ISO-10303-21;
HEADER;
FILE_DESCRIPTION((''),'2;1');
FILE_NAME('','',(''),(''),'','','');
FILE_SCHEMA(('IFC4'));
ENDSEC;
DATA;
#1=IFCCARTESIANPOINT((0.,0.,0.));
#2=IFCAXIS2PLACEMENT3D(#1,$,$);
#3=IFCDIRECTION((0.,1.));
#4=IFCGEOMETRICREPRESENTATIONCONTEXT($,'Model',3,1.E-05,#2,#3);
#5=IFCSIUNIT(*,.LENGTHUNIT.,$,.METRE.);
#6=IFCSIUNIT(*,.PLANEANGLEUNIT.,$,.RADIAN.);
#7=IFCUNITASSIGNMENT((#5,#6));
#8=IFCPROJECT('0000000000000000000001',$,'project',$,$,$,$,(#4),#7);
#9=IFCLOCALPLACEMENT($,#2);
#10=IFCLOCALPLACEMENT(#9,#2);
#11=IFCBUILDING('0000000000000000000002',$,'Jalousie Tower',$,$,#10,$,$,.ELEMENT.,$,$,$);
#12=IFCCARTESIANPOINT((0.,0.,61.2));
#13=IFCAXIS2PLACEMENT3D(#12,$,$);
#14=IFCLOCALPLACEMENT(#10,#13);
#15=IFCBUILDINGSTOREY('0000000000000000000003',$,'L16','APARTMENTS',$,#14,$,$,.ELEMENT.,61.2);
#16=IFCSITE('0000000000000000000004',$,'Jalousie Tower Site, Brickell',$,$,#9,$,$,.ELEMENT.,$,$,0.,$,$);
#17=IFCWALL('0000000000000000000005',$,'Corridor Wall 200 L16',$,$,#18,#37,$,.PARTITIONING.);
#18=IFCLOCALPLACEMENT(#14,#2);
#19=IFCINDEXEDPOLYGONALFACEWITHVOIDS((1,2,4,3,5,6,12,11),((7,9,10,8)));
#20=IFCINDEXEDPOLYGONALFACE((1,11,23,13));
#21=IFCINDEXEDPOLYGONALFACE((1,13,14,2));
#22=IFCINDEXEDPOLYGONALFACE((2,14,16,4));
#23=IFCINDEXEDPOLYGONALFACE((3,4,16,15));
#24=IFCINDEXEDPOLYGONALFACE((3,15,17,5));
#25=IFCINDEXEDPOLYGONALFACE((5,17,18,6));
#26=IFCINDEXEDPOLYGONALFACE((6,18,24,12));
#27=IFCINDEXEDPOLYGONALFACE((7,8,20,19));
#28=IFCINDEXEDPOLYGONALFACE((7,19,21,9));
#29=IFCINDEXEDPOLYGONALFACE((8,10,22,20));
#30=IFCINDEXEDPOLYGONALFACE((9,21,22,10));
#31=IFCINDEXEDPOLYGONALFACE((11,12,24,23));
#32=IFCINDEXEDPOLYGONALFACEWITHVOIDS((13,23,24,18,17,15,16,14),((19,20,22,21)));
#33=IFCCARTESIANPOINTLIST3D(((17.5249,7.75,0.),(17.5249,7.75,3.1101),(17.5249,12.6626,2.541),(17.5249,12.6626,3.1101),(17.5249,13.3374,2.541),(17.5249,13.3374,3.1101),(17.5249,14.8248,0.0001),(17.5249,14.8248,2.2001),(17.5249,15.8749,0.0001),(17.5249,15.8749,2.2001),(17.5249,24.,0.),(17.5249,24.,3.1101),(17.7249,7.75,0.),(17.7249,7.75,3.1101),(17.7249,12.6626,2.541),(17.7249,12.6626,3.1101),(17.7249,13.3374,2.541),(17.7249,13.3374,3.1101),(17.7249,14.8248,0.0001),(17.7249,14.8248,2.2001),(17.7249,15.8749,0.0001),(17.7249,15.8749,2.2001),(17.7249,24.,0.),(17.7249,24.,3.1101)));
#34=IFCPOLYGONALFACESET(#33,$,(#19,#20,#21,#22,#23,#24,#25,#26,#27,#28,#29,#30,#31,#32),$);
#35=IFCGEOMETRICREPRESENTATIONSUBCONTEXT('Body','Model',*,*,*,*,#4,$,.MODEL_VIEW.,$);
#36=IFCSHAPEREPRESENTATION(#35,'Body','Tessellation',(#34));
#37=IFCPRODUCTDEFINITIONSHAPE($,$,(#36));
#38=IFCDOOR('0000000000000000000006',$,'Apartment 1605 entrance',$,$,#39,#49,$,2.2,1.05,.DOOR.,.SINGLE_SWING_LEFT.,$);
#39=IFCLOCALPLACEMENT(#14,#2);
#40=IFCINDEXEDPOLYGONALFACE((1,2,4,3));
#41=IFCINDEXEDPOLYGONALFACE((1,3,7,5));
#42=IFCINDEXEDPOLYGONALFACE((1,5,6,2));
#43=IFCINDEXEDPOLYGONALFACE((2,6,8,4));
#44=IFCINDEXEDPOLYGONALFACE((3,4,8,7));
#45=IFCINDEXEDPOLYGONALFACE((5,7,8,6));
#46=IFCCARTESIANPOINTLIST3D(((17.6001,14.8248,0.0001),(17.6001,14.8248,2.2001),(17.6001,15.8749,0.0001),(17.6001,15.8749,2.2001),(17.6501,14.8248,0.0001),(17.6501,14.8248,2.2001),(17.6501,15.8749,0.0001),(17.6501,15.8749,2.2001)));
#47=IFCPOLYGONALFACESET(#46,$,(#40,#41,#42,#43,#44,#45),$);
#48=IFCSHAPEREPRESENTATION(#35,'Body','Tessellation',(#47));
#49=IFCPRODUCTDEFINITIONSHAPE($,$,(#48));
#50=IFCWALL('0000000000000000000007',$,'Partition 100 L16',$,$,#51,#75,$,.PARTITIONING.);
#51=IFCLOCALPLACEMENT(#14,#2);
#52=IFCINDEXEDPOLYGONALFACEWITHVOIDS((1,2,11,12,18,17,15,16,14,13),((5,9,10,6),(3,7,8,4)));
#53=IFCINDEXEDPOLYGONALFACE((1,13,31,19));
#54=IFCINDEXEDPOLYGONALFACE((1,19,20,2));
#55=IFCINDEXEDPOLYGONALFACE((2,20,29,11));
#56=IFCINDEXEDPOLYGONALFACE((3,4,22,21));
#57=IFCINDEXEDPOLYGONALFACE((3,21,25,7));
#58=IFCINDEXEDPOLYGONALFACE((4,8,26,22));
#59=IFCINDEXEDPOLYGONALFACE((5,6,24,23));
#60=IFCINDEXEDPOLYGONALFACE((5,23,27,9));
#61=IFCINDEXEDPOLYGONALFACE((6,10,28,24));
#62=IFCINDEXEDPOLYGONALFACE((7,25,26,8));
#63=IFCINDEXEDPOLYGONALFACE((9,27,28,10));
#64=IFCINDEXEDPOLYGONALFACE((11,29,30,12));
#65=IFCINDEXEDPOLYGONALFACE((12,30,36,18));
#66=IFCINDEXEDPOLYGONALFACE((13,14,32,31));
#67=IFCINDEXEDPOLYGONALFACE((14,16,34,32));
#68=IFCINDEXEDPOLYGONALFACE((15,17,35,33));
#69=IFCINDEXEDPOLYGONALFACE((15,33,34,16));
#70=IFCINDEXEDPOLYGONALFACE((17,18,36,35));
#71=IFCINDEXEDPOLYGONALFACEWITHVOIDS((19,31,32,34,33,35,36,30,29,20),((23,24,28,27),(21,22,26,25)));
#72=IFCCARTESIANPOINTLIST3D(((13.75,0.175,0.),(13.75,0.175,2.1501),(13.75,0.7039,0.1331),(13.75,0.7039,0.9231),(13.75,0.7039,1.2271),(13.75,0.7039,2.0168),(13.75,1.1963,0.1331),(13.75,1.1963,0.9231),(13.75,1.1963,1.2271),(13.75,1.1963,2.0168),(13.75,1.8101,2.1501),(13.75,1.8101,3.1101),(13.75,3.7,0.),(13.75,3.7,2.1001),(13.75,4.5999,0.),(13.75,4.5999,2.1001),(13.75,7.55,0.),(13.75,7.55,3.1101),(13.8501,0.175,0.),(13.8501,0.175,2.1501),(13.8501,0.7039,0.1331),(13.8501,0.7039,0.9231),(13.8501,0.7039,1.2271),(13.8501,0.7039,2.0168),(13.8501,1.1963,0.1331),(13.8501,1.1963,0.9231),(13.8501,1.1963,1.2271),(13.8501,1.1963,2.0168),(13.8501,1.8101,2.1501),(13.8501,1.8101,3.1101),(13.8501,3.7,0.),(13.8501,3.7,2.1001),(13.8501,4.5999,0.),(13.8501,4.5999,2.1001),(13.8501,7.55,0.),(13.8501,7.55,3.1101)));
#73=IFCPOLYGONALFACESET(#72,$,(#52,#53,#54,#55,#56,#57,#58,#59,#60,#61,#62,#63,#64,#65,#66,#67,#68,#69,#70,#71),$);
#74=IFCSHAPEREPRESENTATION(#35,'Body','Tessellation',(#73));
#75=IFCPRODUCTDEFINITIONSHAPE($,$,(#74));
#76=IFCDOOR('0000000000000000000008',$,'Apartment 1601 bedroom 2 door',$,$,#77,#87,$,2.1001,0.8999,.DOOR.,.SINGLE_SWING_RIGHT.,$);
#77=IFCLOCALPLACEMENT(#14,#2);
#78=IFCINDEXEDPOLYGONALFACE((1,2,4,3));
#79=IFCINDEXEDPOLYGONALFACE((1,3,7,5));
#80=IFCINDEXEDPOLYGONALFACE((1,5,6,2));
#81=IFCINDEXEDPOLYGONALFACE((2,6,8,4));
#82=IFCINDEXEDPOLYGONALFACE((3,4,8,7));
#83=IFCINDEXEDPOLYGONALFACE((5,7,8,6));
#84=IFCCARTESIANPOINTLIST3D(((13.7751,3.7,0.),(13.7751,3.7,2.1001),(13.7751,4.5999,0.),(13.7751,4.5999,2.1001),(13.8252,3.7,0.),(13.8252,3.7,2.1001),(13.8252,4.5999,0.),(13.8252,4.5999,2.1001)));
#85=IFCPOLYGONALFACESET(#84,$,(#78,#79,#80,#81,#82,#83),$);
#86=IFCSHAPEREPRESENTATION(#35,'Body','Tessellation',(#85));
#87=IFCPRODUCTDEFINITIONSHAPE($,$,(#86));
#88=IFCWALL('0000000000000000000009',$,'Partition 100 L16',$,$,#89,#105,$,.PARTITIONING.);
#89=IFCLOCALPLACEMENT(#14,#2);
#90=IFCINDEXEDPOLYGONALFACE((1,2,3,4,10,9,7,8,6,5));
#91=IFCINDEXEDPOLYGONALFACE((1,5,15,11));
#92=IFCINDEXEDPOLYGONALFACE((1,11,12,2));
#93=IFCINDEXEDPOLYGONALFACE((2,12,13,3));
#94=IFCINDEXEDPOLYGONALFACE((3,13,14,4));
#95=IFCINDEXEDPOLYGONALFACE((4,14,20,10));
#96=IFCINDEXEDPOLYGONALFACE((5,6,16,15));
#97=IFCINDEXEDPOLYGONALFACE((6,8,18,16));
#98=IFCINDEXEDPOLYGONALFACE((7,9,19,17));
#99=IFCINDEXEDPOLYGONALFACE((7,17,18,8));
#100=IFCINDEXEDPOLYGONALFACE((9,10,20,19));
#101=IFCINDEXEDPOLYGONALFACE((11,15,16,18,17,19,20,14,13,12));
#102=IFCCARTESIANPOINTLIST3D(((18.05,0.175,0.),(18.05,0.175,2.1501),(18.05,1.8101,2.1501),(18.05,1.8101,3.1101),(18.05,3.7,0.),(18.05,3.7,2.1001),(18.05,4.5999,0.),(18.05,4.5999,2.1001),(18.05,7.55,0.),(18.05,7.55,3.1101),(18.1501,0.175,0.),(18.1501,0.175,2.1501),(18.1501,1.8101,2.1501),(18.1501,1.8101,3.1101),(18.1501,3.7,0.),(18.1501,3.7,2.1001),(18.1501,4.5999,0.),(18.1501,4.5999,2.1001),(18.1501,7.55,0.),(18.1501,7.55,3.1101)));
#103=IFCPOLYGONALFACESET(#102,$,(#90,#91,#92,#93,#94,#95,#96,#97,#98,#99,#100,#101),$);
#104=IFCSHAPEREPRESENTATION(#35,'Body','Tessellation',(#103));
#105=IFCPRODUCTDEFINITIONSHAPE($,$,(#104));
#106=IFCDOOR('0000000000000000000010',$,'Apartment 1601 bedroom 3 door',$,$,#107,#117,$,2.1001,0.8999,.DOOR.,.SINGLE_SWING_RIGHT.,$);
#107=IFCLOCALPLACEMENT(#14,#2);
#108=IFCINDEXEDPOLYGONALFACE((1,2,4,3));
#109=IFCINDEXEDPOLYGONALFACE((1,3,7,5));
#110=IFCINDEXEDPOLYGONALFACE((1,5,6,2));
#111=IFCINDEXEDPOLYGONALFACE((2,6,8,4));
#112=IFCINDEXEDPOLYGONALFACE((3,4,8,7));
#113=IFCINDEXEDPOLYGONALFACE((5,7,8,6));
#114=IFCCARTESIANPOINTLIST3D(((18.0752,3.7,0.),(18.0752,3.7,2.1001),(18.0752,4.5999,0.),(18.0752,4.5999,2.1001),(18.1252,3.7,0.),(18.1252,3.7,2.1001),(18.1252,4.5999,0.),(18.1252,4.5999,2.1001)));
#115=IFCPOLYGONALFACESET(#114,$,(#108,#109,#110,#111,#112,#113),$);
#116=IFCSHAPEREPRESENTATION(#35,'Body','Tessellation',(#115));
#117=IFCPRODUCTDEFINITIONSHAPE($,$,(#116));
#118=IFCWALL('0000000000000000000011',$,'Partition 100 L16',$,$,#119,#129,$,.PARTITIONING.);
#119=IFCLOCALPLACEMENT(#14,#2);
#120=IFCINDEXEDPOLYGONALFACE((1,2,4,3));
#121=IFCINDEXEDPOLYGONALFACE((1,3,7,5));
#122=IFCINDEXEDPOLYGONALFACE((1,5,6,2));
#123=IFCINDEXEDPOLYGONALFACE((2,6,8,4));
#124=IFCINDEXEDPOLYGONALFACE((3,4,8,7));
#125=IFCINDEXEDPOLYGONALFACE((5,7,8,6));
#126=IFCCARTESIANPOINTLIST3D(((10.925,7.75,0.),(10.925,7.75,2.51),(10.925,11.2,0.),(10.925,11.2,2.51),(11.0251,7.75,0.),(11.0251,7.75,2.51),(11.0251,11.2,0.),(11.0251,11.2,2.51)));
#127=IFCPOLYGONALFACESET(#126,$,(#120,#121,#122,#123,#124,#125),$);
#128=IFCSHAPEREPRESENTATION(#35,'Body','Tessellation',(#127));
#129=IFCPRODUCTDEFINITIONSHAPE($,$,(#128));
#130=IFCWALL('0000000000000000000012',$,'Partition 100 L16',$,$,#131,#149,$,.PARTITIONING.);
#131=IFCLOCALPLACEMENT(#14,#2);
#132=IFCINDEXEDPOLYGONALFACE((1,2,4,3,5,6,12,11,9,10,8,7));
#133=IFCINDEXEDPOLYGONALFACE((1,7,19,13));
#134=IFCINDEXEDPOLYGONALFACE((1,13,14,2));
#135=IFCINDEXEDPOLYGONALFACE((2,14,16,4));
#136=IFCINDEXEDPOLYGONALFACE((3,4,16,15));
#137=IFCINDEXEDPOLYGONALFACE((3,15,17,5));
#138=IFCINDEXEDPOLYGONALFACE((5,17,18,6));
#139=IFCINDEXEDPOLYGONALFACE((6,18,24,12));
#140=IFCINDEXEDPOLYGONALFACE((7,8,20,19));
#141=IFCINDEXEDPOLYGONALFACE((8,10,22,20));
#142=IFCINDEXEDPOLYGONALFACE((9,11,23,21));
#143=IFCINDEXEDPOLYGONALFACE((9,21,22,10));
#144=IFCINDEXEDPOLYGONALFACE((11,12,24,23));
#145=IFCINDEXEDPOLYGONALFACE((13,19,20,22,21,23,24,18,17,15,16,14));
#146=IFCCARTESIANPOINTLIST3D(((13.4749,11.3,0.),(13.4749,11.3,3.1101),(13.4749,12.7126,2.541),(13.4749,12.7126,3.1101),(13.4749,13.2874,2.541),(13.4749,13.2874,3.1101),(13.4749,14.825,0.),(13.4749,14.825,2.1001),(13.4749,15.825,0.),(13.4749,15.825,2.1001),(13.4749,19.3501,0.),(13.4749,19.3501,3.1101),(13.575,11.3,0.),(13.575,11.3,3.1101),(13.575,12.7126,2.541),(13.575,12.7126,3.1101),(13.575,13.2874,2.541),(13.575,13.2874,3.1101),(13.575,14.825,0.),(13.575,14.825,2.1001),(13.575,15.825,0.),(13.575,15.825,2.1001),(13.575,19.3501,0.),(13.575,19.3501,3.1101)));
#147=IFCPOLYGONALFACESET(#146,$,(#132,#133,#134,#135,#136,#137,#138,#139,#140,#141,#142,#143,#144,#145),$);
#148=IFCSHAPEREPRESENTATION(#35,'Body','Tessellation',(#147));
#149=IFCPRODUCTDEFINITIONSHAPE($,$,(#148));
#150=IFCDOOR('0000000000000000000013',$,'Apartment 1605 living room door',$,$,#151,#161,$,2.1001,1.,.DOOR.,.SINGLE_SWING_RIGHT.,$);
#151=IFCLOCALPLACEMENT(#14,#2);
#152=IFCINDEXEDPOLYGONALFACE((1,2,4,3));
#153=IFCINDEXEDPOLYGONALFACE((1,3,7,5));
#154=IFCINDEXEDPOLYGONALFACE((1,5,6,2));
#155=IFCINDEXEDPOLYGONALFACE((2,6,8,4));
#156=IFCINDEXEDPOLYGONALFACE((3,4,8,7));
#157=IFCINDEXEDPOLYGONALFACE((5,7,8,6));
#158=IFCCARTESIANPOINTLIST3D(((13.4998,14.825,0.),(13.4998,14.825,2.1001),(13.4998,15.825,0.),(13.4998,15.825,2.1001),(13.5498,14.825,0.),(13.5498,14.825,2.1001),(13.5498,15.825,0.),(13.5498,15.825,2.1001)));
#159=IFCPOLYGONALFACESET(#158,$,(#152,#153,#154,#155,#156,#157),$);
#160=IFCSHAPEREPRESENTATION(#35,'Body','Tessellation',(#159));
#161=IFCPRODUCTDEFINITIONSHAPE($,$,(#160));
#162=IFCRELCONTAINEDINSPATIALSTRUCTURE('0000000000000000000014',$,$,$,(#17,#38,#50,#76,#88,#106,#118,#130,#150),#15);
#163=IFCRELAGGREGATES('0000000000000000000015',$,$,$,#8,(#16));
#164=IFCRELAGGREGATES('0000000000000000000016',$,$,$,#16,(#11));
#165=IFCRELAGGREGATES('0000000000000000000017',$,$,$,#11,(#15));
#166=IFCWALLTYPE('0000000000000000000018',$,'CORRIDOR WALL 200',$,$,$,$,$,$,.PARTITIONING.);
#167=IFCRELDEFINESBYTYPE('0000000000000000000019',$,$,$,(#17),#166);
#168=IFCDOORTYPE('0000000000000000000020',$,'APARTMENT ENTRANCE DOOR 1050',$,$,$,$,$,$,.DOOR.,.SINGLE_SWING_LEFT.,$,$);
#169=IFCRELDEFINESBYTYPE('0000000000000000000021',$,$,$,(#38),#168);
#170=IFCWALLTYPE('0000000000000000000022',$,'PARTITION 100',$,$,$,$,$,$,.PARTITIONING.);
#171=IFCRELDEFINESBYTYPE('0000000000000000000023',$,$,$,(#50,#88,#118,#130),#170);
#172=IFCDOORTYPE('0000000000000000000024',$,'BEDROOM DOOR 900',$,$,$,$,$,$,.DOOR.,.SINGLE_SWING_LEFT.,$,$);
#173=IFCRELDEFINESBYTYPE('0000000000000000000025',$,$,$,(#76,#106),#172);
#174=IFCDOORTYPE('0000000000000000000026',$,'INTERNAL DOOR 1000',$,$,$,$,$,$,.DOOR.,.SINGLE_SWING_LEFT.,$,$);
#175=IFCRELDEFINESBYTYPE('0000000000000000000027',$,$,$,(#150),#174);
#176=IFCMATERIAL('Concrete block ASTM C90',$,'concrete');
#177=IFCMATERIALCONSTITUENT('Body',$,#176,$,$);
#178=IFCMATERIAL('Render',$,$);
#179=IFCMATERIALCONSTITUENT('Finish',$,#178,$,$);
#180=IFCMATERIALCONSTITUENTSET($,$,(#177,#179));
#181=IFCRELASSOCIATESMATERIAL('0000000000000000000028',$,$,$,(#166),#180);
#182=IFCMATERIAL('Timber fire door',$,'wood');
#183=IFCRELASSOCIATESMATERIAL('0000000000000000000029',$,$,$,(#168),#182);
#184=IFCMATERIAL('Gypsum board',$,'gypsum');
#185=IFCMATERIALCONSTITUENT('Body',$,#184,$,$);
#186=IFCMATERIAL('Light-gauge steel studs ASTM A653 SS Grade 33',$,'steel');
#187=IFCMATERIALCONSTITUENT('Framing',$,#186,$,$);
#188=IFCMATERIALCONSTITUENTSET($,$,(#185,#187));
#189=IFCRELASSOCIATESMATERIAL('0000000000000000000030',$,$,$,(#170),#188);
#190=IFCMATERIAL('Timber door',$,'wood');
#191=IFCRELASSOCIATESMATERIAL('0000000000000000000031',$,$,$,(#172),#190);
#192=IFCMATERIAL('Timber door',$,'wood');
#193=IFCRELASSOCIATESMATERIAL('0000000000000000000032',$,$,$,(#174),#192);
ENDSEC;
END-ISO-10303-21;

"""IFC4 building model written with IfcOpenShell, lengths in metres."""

from ifc_helpers import new_model, si_unit, direction, frame, frame_2d, origin, place, context, subcontext, project, spatial, polyline, rectangle, outline, extrude, material, constituent, constituent_set, type_object, element, fill, save


model = new_model("IFC4")

# Units and contexts
model_context = context("Model", 3, precision=1e-05, world=origin(), true_north=direction((0.0, 1.0)))
body_context = subcontext(model_context, "Body", "Model", "MODEL_VIEW")
ifc_project = project(units=[si_unit("LENGTHUNIT", "METRE"), si_unit("PLANEANGLEUNIT", "RADIAN")], contexts=[model_context])

# Site, building, storey
site_placement = place(None, origin())
site = spatial("IfcSite", under=ifc_project, at=site_placement, Name="Jalousie Tower Site, Brickell", CompositionType="ELEMENT", RefElevation=0.0)
building_placement = place(site_placement, origin())
building = spatial("IfcBuilding", under=site, at=building_placement, Name="Jalousie Tower", CompositionType="ELEMENT")
storey_placement = place(building_placement, frame((0.0, 0.0, 61.2)))
storey = spatial("IfcBuildingStorey", under=building, at=storey_placement, Name="L16", Description="APARTMENTS", CompositionType="ELEMENT", Elevation=61.2)

# Shared definitions
ifc_material_1 = material(Name="Concrete block ASTM C90", Category="concrete")
ifc_constituent_1 = constituent(ifc_material_1, Name="Body")
ifc_material_2 = material(Name="Render")
ifc_constituent_2 = constituent(ifc_material_2, Name="Finish")
ifc_constituent_set_1 = constituent_set(constituents=[ifc_constituent_1, ifc_constituent_2])
wall_type_1 = type_object("IfcWallType", Name="CORRIDOR WALL 200", PredefinedType="PARTITIONING", material=ifc_constituent_set_1)

# Walls, openings, doors
wall_1_placement = place(storey_placement, frame((17.625, 7.75, 0.0), z_axis=(0.0, 0.0, 1.0), x_axis=(0.0, 1.0, 0.0)))
wall_1 = element("IfcWall", 1, at=wall_1_placement, inside=storey, type_object=wall_type_1, Name="Corridor Wall 200 L16", PredefinedType="PARTITIONING", context=body_context, shape_type="SweptSolid", body=[
    extrude(outline(polyline([(0.0, 0.0), (16.25, 0.0), (16.25, 3.1101), (5.5874, 3.1101), (5.5874, 2.541), (4.9126, 2.541), (4.9126, 3.1101), (0.0, 3.1101), (0.0, 0.0)])), frame((0.0, 0.1001, 0.0), z_axis=(0.0, -1.0, 0.0), x_axis=(1.0, 0.0, 0.0)), (0.0, 0.0, 1.0), 0.2),
])
opening_1_placement = place(wall_1_placement, frame((7.075, 0.0, 0.0)))
opening_1 = element("IfcOpeningElement", 2, at=opening_1_placement, cuts=wall_1, PredefinedType="OPENING", context=body_context, shape_type="SweptSolid", body=[
    extrude(rectangle(XDim=1.05, YDim=2.2, at=frame_2d((0.5249, 1.1001))), frame((0.0, 0.1099, 0.0), z_axis=(0.0, -1.0, 0.0), x_axis=(1.0, 0.0, 0.0)), (0.0, 0.0, 1.0), 0.22),
])
ifc_material_3 = material(Name="Timber fire door", Category="wood")
door_type_1 = type_object("IfcDoorType", Name="APARTMENT ENTRANCE DOOR 1050", OperationType="SINGLE_SWING_LEFT", PredefinedType="DOOR", material=ifc_material_3)
door_1_placement = place(opening_1_placement, origin())
door_1 = element("IfcDoor", 3, at=door_1_placement, inside=storey, type_object=door_type_1, Name="Apartment 1605 entrance", OperationType="SINGLE_SWING_LEFT", OverallHeight=2.2, OverallWidth=1.05, PredefinedType="DOOR", context=body_context, shape_type="SweptSolid", body=[
    extrude(rectangle(XDim=1.05, YDim=2.2, at=frame_2d((0.5249, 1.1001))), frame((0.0, 0.0249, 0.0), z_axis=(0.0, -1.0, 0.0), x_axis=(1.0, 0.0, 0.0)), (0.0, 0.0, 1.0), 0.05),
])
fill(opening_1, door_1)
ifc_material_4 = material(Name="Gypsum board", Category="gypsum")
ifc_constituent_3 = constituent(ifc_material_4, Name="Body")
ifc_material_5 = material(Name="Light-gauge steel studs ASTM A653 SS Grade 33", Category="steel")
ifc_constituent_4 = constituent(ifc_material_5, Name="Framing")
ifc_constituent_set_2 = constituent_set(constituents=[ifc_constituent_3, ifc_constituent_4])
wall_type_2 = type_object("IfcWallType", Name="PARTITION 100", PredefinedType="PARTITIONING", material=ifc_constituent_set_2)
wall_2_placement = place(storey_placement, frame((13.8, 0.175, 0.0), z_axis=(0.0, 0.0, 1.0), x_axis=(0.0, 1.0, 0.0)))
wall_2 = element("IfcWall", 4, at=wall_2_placement, inside=storey, type_object=wall_type_2, Name="Partition 100 L16", PredefinedType="PARTITIONING", context=body_context, shape_type="SweptSolid", body=[
    extrude(outline(polyline([(1.635, 2.1501), (0.0, 2.1501), (0.0, 0.0), (7.375, 0.0), (7.375, 3.1101), (1.635, 3.1101), (1.635, 2.1501)]), holes=[polyline([(1.0212, 0.1331), (0.5288, 0.1331), (0.5288, 0.9231), (1.0212, 0.9231), (1.0212, 0.1331)]), polyline([(1.0212, 1.2271), (0.5288, 1.2271), (0.5288, 2.0168), (1.0212, 2.0168), (1.0212, 1.2271)])]), frame((0.0, 0.05, 0.0), z_axis=(0.0, -1.0, 0.0), x_axis=(1.0, 0.0, 0.0)), (0.0, 0.0, 1.0), 0.1001),
])
opening_2_placement = place(wall_2_placement, frame((3.5249, 0.0, 0.0)))
opening_2 = element("IfcOpeningElement", 5, at=opening_2_placement, cuts=wall_2, PredefinedType="OPENING", context=body_context, shape_type="SweptSolid", body=[
    extrude(rectangle(XDim=0.8999, YDim=2.1001, at=frame_2d((0.45, 1.05))), frame((0.0, 0.0601, 0.0), z_axis=(0.0, -1.0, 0.0), x_axis=(1.0, 0.0, 0.0)), (0.0, 0.0, 1.0), 0.1201),
])
ifc_material_6 = material(Name="Timber door", Category="wood")
door_type_2 = type_object("IfcDoorType", Name="BEDROOM DOOR 900", OperationType="SINGLE_SWING_LEFT", PredefinedType="DOOR", material=ifc_material_6)
door_2_placement = place(opening_2_placement, origin())
door_2 = element("IfcDoor", 6, at=door_2_placement, inside=storey, type_object=door_type_2, Name="Apartment 1601 bedroom 2 door", OperationType="SINGLE_SWING_RIGHT", OverallHeight=2.1001, OverallWidth=0.8999, PredefinedType="DOOR", context=body_context, shape_type="SweptSolid", body=[
    extrude(rectangle(XDim=0.8999, YDim=2.1001, at=frame_2d((0.45, 1.05))), frame((0.0, 0.0249, 0.0), z_axis=(0.0, -1.0, 0.0), x_axis=(1.0, 0.0, 0.0)), (0.0, 0.0, 1.0), 0.05),
])
fill(opening_2, door_2)
wall_3_placement = place(storey_placement, frame((18.1001, 0.175, 0.0), z_axis=(0.0, 0.0, 1.0), x_axis=(0.0, 1.0, 0.0)))
wall_3 = element("IfcWall", 7, at=wall_3_placement, inside=storey, type_object=wall_type_2, Name="Partition 100 L16", PredefinedType="PARTITIONING", context=body_context, shape_type="SweptSolid", body=[
    extrude(outline(polyline([(0.0, 0.0), (7.375, 0.0), (7.375, 3.1101), (1.635, 3.1101), (1.635, 2.1501), (0.0, 2.1501), (0.0, 3.1101), (0.0, 0.0)])), frame((0.0, 0.05, 0.0), z_axis=(0.0, -1.0, 0.0), x_axis=(1.0, 0.0, 0.0)), (0.0, 0.0, 1.0), 0.1001),
])
opening_3_placement = place(wall_3_placement, frame((3.5249, 0.0, 0.0)))
opening_3 = element("IfcOpeningElement", 8, at=opening_3_placement, cuts=wall_3, PredefinedType="OPENING", context=body_context, shape_type="SweptSolid", body=[
    extrude(rectangle(XDim=0.8999, YDim=2.1001, at=frame_2d((0.45, 1.05))), frame((0.0, 0.0601, 0.0), z_axis=(0.0, -1.0, 0.0), x_axis=(1.0, 0.0, 0.0)), (0.0, 0.0, 1.0), 0.1201),
])
door_3_placement = place(opening_3_placement, origin())
door_3 = element("IfcDoor", 9, at=door_3_placement, inside=storey, type_object=door_type_2, Name="Apartment 1601 bedroom 3 door", OperationType="SINGLE_SWING_RIGHT", OverallHeight=2.1001, OverallWidth=0.8999, PredefinedType="DOOR", context=body_context, shape_type="SweptSolid", body=[
    extrude(rectangle(XDim=0.8999, YDim=2.1001, at=frame_2d((0.45, 1.05))), frame((0.0, 0.0249, 0.0), z_axis=(0.0, -1.0, 0.0), x_axis=(1.0, 0.0, 0.0)), (0.0, 0.0, 1.0), 0.05),
])
fill(opening_3, door_3)

# Wall
wall_4_placement = place(storey_placement, frame((10.9751, 7.75, 0.0), z_axis=(0.0, 0.0, 1.0), x_axis=(0.0, 1.0, 0.0)))
element("IfcWall", 10, at=wall_4_placement, inside=storey, type_object=wall_type_2, Name="Partition 100 L16", PredefinedType="PARTITIONING", context=body_context, shape_type="SweptSolid", body=[
    extrude(outline(polyline([(0.0, 0.0), (3.45, 0.0), (3.45, 3.1101), (3.45, 2.51), (0.0, 2.51), (0.0, 3.1101), (0.0, 0.0)])), frame((0.0, 0.05, 0.0), z_axis=(0.0, -1.0, 0.0), x_axis=(1.0, 0.0, 0.0)), (0.0, 0.0, 1.0), 0.1001),
])

# Wall, opening, door
wall_5_placement = place(storey_placement, frame((13.5249, 11.3, 0.0), z_axis=(0.0, 0.0, 1.0), x_axis=(0.0, 1.0, 0.0)))
wall_5 = element("IfcWall", 11, at=wall_5_placement, inside=storey, type_object=wall_type_2, Name="Partition 100 L16", PredefinedType="PARTITIONING", context=body_context, shape_type="SweptSolid", body=[
    extrude(outline(polyline([(0.0, 0.0), (8.05, 0.0), (8.05, 3.1101), (1.9873, 3.1101), (1.9873, 2.541), (1.4126, 2.541), (1.4126, 3.1101), (0.0, 3.1101), (0.0, 0.0)])), frame((0.0, 0.05, 0.0), z_axis=(0.0, -1.0, 0.0), x_axis=(1.0, 0.0, 0.0)), (0.0, 0.0, 1.0), 0.1001),
])
opening_4_placement = place(wall_5_placement, frame((3.5249, 0.0, 0.0)))
opening_4 = element("IfcOpeningElement", 12, at=opening_4_placement, cuts=wall_5, PredefinedType="OPENING", context=body_context, shape_type="SweptSolid", body=[
    extrude(rectangle(XDim=1.0, YDim=2.1001, at=frame_2d((0.5, 1.05))), frame((0.0, 0.0601, 0.0), z_axis=(0.0, -1.0, 0.0), x_axis=(1.0, 0.0, 0.0)), (0.0, 0.0, 1.0), 0.1201),
])
ifc_material_7 = material(Name="Timber door", Category="wood")
door_type_3 = type_object("IfcDoorType", Name="INTERNAL DOOR 1000", OperationType="SINGLE_SWING_LEFT", PredefinedType="DOOR", material=ifc_material_7)
door_4_placement = place(opening_4_placement, frame((1.0, 0.0, 0.0), z_axis=(0.0, 0.0, 1.0), x_axis=(-1.0, 0.0, 0.0)))
door_4 = element("IfcDoor", 13, at=door_4_placement, inside=storey, type_object=door_type_3, Name="Apartment 1605 living room door", OperationType="SINGLE_SWING_RIGHT", OverallHeight=2.1001, OverallWidth=1.0, PredefinedType="DOOR", context=body_context, shape_type="SweptSolid", body=[
    extrude(rectangle(XDim=1.0, YDim=2.1001, at=frame_2d((0.5, 1.05))), frame((0.0, 0.0249, 0.0), z_axis=(0.0, -1.0, 0.0), x_axis=(1.0, 0.0, 0.0)), (0.0, 0.0, 1.0), 0.05),
])
fill(opening_4, door_4)

save(model, "model.ifc")
